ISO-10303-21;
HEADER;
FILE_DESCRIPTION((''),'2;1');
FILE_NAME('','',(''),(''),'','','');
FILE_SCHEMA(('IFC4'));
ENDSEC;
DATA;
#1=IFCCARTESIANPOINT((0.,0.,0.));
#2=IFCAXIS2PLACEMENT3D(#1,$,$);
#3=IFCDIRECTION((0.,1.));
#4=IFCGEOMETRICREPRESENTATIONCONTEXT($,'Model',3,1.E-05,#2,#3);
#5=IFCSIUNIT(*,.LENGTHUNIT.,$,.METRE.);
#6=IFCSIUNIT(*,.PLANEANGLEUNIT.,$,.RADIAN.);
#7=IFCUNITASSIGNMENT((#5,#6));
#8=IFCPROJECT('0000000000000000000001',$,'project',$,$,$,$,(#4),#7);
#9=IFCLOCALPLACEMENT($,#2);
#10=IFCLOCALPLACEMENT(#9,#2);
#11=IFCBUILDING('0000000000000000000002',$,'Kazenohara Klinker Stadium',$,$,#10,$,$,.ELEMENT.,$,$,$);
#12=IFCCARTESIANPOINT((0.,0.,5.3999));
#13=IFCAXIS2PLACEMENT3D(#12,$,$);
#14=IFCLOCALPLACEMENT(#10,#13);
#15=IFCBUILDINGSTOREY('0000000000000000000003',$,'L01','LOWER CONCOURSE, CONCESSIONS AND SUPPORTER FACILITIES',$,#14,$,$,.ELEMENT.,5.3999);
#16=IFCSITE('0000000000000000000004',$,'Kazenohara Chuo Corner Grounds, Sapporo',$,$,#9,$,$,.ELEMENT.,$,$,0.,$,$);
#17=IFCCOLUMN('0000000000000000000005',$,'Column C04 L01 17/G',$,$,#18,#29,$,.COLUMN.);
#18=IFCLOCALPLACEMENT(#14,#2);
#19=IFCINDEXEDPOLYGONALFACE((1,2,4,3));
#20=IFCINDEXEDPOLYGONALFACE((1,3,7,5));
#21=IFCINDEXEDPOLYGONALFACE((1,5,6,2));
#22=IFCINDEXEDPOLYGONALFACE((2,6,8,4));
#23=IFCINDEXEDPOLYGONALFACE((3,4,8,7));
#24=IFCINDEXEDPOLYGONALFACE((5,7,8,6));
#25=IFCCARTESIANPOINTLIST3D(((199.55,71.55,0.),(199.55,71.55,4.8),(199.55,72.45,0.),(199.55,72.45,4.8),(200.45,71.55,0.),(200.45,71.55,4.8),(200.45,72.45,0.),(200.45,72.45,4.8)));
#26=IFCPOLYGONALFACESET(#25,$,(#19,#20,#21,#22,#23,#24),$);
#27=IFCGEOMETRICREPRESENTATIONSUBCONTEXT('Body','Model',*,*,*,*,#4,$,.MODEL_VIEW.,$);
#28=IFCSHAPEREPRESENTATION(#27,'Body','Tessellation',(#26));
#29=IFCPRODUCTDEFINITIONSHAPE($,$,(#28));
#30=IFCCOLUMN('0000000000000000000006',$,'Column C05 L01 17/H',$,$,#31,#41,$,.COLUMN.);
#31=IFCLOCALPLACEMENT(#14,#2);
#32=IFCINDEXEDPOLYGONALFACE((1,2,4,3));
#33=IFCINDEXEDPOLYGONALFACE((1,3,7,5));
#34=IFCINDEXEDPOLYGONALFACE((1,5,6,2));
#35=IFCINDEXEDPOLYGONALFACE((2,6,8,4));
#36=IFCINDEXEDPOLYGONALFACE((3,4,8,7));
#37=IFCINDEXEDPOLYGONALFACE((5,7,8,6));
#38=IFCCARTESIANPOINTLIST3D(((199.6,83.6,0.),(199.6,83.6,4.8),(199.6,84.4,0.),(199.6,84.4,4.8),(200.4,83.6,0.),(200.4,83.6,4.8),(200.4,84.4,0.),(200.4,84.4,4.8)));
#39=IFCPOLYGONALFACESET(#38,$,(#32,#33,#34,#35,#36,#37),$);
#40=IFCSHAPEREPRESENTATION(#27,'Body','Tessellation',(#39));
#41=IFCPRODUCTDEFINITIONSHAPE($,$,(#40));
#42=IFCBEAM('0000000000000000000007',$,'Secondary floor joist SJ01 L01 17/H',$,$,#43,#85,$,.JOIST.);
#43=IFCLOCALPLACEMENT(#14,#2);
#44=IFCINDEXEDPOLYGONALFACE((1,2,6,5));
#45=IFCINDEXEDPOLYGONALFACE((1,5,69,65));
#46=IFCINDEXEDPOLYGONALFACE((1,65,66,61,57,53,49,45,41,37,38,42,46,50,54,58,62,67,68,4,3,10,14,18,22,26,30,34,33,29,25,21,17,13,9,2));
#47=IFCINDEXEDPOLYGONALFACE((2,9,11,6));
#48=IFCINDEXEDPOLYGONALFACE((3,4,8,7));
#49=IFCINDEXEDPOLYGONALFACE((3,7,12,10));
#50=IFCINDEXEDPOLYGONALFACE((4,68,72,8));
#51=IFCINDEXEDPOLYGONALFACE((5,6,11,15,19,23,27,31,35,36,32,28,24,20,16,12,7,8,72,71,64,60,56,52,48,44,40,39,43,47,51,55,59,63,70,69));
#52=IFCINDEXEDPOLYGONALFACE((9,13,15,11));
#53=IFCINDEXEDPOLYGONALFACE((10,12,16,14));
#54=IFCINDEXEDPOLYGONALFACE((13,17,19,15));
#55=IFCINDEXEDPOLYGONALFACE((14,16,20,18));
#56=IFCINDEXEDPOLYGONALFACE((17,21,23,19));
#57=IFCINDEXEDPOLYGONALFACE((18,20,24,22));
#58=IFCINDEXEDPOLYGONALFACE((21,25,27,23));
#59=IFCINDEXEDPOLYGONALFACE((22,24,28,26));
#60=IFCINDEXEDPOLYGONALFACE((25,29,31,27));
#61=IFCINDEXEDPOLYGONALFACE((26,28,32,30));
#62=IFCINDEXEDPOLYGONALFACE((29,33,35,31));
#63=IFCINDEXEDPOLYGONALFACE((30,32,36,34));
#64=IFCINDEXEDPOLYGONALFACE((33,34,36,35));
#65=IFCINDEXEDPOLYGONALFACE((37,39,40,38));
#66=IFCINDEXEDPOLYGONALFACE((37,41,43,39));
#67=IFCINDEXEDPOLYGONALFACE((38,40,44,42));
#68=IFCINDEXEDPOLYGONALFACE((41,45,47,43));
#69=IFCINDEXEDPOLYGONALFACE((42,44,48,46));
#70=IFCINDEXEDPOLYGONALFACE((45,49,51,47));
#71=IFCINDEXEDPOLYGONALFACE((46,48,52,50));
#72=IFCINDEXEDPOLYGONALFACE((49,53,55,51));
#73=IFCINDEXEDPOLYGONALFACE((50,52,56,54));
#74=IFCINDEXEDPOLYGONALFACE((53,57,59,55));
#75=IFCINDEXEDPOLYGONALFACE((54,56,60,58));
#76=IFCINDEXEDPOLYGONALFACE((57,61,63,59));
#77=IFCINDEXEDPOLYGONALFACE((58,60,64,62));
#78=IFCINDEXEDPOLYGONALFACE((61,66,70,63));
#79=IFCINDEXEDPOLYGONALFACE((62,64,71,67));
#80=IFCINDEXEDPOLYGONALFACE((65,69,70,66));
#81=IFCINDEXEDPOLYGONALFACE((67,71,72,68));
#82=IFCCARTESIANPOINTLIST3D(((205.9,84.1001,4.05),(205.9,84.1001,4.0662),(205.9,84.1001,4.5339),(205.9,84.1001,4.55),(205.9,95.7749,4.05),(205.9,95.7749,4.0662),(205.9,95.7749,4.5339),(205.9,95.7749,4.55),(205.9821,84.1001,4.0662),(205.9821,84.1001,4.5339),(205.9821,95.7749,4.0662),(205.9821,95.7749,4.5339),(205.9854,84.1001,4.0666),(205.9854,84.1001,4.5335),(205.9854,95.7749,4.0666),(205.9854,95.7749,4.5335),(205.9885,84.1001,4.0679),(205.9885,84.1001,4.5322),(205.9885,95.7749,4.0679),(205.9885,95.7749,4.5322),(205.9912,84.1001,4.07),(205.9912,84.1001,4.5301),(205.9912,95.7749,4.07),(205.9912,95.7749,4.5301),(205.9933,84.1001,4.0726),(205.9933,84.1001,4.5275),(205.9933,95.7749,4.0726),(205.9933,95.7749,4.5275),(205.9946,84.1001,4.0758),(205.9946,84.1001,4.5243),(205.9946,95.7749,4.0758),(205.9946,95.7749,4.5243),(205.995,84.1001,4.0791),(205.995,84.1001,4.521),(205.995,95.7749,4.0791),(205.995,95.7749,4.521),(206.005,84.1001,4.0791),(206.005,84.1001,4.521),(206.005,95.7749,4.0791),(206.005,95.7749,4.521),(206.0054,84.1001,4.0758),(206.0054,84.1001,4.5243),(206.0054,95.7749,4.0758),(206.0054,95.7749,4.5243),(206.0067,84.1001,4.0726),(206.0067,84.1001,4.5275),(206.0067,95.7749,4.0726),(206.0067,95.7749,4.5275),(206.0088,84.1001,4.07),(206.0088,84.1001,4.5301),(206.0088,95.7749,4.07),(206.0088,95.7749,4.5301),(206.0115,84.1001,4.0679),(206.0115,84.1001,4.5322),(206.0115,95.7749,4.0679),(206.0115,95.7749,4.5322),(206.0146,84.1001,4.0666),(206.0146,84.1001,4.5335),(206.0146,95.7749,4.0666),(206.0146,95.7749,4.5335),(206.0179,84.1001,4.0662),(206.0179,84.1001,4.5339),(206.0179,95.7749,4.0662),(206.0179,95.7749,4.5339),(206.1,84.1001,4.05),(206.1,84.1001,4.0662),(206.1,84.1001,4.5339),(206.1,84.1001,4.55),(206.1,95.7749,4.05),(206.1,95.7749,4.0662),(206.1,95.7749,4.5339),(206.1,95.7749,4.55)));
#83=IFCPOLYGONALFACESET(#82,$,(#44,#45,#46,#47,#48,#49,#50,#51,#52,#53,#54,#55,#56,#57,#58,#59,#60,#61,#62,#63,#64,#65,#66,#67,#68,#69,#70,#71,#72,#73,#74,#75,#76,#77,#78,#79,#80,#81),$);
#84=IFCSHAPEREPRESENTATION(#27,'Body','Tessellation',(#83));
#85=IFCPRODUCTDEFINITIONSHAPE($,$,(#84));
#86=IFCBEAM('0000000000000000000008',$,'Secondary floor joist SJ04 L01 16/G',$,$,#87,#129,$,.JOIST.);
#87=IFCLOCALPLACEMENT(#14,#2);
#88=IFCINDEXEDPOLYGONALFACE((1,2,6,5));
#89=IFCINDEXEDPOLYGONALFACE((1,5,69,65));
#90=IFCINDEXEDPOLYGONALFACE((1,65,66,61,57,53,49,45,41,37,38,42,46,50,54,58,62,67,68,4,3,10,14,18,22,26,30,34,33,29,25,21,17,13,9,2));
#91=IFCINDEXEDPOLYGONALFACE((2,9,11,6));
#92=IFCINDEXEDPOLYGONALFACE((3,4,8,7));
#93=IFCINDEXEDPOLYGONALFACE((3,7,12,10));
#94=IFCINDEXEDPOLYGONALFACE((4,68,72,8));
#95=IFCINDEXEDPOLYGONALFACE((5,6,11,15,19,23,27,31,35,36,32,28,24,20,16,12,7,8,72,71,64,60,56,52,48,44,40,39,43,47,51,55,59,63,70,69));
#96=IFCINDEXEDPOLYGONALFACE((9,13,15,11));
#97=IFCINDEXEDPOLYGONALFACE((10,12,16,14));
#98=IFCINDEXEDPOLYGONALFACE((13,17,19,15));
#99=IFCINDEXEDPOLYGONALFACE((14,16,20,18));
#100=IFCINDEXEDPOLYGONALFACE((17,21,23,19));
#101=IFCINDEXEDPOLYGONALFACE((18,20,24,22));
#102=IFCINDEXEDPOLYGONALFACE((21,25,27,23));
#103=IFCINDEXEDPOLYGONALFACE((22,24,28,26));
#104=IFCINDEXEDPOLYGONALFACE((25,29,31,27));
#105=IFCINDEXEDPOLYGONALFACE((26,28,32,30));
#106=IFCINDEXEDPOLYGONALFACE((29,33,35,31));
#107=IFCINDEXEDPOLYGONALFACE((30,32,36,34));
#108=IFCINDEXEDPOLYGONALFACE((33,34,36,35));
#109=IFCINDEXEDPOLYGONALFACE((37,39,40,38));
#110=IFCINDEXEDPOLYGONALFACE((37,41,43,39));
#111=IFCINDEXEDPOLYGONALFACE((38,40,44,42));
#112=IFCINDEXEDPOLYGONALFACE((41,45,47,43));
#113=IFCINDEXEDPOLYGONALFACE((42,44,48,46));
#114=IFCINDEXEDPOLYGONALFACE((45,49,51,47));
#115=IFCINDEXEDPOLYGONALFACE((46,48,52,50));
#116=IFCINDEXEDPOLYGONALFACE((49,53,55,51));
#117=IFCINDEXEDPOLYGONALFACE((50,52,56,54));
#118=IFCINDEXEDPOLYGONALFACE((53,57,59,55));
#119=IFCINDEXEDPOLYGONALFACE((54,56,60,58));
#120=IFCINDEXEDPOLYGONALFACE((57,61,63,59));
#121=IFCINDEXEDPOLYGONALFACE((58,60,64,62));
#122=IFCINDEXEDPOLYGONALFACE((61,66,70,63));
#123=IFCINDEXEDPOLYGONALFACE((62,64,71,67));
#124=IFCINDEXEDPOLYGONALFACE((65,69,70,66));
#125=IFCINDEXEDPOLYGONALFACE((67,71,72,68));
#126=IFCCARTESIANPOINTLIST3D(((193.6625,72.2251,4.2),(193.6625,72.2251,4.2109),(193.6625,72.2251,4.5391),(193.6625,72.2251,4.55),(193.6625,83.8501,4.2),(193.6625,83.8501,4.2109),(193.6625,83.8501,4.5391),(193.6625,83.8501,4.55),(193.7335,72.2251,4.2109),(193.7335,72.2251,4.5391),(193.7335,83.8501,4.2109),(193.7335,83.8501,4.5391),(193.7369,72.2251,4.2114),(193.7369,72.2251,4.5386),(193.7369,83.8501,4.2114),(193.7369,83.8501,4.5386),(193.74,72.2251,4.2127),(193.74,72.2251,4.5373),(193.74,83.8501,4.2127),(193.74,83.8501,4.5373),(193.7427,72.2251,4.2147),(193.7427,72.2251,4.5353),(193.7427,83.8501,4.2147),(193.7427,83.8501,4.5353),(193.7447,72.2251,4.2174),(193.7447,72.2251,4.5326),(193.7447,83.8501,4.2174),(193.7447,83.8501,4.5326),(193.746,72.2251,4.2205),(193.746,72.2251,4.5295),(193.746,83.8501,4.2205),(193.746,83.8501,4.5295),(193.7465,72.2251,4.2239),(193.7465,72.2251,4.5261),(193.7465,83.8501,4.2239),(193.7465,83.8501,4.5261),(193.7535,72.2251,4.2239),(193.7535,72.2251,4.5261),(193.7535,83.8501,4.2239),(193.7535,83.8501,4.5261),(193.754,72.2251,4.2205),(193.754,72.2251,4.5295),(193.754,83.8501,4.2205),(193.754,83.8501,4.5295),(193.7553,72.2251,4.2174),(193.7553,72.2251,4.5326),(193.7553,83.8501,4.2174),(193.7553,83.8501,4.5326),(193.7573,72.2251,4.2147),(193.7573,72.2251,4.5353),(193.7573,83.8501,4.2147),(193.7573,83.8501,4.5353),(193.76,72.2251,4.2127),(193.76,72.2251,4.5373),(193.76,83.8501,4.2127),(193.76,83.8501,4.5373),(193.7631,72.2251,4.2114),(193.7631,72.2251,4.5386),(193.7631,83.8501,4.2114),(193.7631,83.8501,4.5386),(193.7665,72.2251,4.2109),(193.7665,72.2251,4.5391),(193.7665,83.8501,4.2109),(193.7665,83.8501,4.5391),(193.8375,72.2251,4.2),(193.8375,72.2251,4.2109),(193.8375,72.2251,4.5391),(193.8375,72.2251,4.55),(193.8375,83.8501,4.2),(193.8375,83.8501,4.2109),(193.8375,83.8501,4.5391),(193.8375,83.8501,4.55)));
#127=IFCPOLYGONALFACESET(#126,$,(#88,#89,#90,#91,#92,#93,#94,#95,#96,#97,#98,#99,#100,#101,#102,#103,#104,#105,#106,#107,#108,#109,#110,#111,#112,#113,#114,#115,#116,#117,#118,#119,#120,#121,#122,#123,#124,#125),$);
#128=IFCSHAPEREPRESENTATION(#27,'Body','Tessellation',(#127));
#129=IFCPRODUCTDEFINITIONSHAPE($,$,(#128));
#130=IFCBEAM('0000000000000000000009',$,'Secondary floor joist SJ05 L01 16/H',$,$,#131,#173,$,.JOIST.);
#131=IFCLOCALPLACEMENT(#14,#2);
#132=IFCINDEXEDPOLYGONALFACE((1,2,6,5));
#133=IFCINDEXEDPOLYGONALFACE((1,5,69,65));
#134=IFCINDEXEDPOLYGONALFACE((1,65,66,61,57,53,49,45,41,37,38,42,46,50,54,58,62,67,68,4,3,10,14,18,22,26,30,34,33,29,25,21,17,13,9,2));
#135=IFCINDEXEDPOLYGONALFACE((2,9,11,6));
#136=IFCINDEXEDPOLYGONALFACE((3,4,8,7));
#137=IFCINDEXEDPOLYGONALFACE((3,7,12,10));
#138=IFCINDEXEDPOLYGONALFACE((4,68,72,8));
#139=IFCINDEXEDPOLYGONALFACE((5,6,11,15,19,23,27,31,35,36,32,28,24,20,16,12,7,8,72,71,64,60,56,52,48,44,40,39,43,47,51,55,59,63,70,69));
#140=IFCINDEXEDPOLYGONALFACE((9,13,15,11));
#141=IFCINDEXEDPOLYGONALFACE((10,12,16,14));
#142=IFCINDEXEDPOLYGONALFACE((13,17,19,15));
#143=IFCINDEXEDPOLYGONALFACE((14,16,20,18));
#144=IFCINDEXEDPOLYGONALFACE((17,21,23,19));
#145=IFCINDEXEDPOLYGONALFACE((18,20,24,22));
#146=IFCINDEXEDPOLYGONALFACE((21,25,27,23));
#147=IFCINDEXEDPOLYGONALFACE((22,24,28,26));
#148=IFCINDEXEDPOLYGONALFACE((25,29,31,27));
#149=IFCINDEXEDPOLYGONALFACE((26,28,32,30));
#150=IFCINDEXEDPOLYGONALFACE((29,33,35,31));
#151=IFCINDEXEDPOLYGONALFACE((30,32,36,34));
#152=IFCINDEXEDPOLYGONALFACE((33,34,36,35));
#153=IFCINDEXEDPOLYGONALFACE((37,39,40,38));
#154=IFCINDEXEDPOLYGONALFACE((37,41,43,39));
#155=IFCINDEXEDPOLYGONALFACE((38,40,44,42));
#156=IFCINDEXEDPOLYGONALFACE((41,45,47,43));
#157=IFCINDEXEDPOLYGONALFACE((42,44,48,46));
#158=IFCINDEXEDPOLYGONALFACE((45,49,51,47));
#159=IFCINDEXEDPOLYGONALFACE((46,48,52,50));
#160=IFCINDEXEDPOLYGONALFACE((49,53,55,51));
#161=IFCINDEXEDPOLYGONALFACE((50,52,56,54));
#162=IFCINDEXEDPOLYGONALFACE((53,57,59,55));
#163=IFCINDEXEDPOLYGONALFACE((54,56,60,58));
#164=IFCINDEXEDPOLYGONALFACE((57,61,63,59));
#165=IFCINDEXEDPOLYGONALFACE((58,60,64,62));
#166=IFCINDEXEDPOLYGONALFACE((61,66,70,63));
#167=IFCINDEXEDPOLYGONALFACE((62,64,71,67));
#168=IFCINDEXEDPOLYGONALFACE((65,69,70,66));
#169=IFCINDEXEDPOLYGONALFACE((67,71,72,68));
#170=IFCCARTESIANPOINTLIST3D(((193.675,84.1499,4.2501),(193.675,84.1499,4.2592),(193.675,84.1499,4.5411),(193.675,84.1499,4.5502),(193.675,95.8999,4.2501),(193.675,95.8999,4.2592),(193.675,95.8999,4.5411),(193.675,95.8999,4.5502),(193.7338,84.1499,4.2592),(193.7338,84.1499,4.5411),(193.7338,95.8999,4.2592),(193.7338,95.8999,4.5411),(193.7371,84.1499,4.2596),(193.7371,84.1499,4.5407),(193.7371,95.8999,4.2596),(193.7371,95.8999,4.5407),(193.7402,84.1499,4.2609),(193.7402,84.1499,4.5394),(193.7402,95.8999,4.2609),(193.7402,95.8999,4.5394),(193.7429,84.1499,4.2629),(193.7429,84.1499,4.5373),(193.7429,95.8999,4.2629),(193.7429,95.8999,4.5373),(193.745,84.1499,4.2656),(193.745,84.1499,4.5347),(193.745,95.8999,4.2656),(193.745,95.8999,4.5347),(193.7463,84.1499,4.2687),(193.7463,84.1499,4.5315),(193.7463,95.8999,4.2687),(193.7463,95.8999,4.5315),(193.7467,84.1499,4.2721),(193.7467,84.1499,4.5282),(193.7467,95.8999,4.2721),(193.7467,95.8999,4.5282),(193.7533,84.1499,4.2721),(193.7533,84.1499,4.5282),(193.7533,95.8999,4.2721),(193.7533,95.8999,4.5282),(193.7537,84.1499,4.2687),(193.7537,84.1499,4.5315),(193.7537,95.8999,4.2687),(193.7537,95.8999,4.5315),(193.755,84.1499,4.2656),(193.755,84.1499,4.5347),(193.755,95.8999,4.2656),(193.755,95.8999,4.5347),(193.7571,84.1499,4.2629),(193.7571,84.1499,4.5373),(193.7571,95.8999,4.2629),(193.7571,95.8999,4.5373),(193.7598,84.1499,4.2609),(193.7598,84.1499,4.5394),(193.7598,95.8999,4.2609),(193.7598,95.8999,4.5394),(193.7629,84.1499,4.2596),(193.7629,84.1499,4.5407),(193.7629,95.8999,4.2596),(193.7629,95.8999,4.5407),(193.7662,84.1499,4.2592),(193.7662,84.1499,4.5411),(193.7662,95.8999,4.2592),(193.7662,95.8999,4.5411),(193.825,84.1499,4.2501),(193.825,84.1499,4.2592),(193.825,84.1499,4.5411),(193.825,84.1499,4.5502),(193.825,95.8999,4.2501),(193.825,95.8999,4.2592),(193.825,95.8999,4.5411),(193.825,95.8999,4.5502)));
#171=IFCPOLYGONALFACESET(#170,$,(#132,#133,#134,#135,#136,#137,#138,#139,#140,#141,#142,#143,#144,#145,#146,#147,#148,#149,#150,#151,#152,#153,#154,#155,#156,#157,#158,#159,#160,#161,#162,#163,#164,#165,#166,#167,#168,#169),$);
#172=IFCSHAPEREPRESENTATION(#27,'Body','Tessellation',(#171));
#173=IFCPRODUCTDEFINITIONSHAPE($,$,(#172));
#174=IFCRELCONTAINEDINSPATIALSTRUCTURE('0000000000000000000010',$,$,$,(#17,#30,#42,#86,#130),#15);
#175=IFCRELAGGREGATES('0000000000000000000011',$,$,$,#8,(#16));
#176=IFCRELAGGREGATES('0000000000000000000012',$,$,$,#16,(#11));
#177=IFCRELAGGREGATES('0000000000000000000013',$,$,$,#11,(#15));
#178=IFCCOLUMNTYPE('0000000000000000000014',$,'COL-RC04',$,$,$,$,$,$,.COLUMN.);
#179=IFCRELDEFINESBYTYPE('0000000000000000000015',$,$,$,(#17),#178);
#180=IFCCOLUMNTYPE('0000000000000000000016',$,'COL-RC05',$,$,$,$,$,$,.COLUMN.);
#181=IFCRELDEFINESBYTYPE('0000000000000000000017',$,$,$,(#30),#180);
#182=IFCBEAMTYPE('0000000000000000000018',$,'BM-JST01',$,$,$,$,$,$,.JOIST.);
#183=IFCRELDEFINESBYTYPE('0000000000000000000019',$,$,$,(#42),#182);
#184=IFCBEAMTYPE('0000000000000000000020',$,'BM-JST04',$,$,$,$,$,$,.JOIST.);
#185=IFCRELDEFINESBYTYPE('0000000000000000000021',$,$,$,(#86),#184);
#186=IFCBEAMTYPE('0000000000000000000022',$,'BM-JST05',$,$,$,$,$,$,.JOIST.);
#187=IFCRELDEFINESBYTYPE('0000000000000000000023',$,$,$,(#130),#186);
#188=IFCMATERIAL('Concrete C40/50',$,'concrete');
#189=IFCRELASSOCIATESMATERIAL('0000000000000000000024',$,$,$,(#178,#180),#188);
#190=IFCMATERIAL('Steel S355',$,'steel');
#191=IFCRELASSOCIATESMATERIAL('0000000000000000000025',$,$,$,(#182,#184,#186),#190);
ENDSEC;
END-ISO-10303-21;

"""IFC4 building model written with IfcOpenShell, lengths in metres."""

from ifc_helpers import new_model, si_unit, direction, frame, origin, origin_2d, place, context, subcontext, project, spatial, rectangle, i_section, extrude, material, material_profile, profile_set, type_object, element, save


model = new_model("IFC4")

# Units and contexts
model_context = context("Model", 3, precision=1e-05, world=origin(), true_north=direction((0.0, 1.0)))
body_context = subcontext(model_context, "Body", "Model", "MODEL_VIEW")
ifc_project = project(units=[si_unit("LENGTHUNIT", "METRE"), si_unit("PLANEANGLEUNIT", "RADIAN")], contexts=[model_context])

# Site, building, storey
site_placement = place(None, origin())
site = spatial("IfcSite", under=ifc_project, at=site_placement, Name="Kazenohara Chuo Corner Grounds, Sapporo", CompositionType="ELEMENT", RefElevation=0.0)
building_placement = place(site_placement, origin())
building = spatial("IfcBuilding", under=site, at=building_placement, Name="Kazenohara Klinker Stadium", CompositionType="ELEMENT")
storey_placement = place(building_placement, frame((0.0, 0.0, 5.3999)))
storey = spatial("IfcBuildingStorey", under=building, at=storey_placement, Name="L01", Description="LOWER CONCOURSE, CONCESSIONS AND SUPPORTER FACILITIES", CompositionType="ELEMENT", Elevation=5.3999)

# Columns
ifc_material_1 = material(Name="Concrete C40/50", Category="concrete")
ifc_material_profile_1 = material_profile(ifc_material_1, rectangle(XDim=0.8999, YDim=0.8999, at=origin_2d()), Name="RC-COL-900x900")
ifc_profile_set_1 = profile_set([ifc_material_profile_1], Name="Concrete C40/50")
column_type_1 = type_object("IfcColumnType", Name="COL-RC04", PredefinedType="COLUMN", material=ifc_profile_set_1)
column_1_placement = place(storey_placement, frame((200.0, 72.0, 0.0), z_axis=(0.0, 0.0, 1.0), x_axis=(1.0, 0.0, 0.0)))
element("IfcColumn", 1, at=column_1_placement, inside=storey, type_object=column_type_1, Name="Column C04 L01 17/G", PredefinedType="COLUMN", context=body_context, shape_type="SweptSolid", body=[
    extrude(rectangle(XDim=0.8999, YDim=0.8999, at=origin_2d()), origin(), (0.0, 0.0, 1.0), 4.8),
])
ifc_material_profile_2 = material_profile(ifc_material_1, rectangle(XDim=0.8, YDim=0.8, at=origin_2d()), Name="RC-COL-800x800")
ifc_profile_set_2 = profile_set([ifc_material_profile_2], Name="Concrete C40/50")
column_type_2 = type_object("IfcColumnType", Name="COL-RC05", PredefinedType="COLUMN", material=ifc_profile_set_2)
column_2_placement = place(storey_placement, frame((200.0, 84.0, 0.0), z_axis=(0.0, 0.0, 1.0), x_axis=(1.0, 0.0, 0.0)))
element("IfcColumn", 2, at=column_2_placement, inside=storey, type_object=column_type_2, Name="Column C05 L01 17/H", PredefinedType="COLUMN", context=body_context, shape_type="SweptSolid", body=[
    extrude(rectangle(XDim=0.8, YDim=0.8, at=origin_2d()), origin(), (0.0, 0.0, 1.0), 4.8),
])

# Beams
ifc_material_2 = material(Name="Steel S355", Category="steel")
ifc_material_profile_3 = material_profile(ifc_material_2, i_section(OverallWidth=0.2, OverallDepth=0.5, WebThickness=0.01, FlangeThickness=0.0161, FilletRadius=0.0129, at=origin_2d()), Name="H-500x200x10x16")
ifc_profile_set_3 = profile_set([ifc_material_profile_3], Name="Steel S355")
beam_type_1 = type_object("IfcBeamType", Name="BM-JST01", PredefinedType="JOIST", material=ifc_profile_set_3)
beam_1_placement = place(storey_placement, frame((206.0, 84.1001, 4.3), z_axis=(0.0, 1.0, 0.0), x_axis=(-1.0, 0.0, 0.0)))
element("IfcBeam", 3, at=beam_1_placement, inside=storey, type_object=beam_type_1, Name="Secondary floor joist SJ01 L01 17/H", PredefinedType="JOIST", context=body_context, shape_type="SweptSolid", body=[
    extrude(i_section(OverallWidth=0.2, OverallDepth=0.5, WebThickness=0.01, FlangeThickness=0.0161, FilletRadius=0.0129, at=origin_2d()), origin(), (0.0, 0.0, 1.0), 11.6748),
])
ifc_material_profile_4 = material_profile(ifc_material_2, i_section(OverallWidth=0.175, OverallDepth=0.3501, WebThickness=0.0071, FlangeThickness=0.011, FilletRadius=0.0129, at=origin_2d()), Name="H-350x175x7x11")
ifc_profile_set_4 = profile_set([ifc_material_profile_4], Name="Steel S355")
beam_type_2 = type_object("IfcBeamType", Name="BM-JST04", PredefinedType="JOIST", material=ifc_profile_set_4)
beam_2_placement = place(storey_placement, frame((193.75, 72.2251, 4.375), z_axis=(0.0, 1.0, 0.0), x_axis=(-1.0, 0.0, 0.0)))
element("IfcBeam", 4, at=beam_2_placement, inside=storey, type_object=beam_type_2, Name="Secondary floor joist SJ04 L01 16/G", PredefinedType="JOIST", context=body_context, shape_type="SweptSolid", body=[
    extrude(i_section(OverallWidth=0.175, OverallDepth=0.3501, WebThickness=0.0071, FlangeThickness=0.011, FilletRadius=0.0129, at=origin_2d()), origin(), (0.0, 0.0, 1.0), 11.625),
])
ifc_material_profile_5 = material_profile(ifc_material_2, i_section(OverallWidth=0.1499, OverallDepth=0.3, WebThickness=0.0066, FlangeThickness=0.009, FilletRadius=0.0129, at=origin_2d()), Name="H-300x150x6.5x9")
ifc_profile_set_5 = profile_set([ifc_material_profile_5], Name="Steel S355")
beam_type_3 = type_object("IfcBeamType", Name="BM-JST05", PredefinedType="JOIST", material=ifc_profile_set_5)
for number, where, z_axis, x_axis, name in (
    (5, (193.75, 84.1499, 4.4001), (0.0, 1.0, 0.0), (-1.0, 0.0, 0.0), "Secondary floor joist SJ05 L01 16/H"),
):
    element("IfcBeam", number, at=place(storey_placement, frame(where, z_axis=z_axis, x_axis=x_axis)), inside=storey, type_object=beam_type_3, Name=name, PredefinedType="JOIST", context=body_context, shape_type="SweptSolid", body=[
        extrude(i_section(OverallWidth=0.1499, OverallDepth=0.3, WebThickness=0.0066, FlangeThickness=0.009, FilletRadius=0.0129, at=origin_2d()), origin(), (0.0, 0.0, 1.0), 11.75),
    ])

save(model, "model.ifc")
